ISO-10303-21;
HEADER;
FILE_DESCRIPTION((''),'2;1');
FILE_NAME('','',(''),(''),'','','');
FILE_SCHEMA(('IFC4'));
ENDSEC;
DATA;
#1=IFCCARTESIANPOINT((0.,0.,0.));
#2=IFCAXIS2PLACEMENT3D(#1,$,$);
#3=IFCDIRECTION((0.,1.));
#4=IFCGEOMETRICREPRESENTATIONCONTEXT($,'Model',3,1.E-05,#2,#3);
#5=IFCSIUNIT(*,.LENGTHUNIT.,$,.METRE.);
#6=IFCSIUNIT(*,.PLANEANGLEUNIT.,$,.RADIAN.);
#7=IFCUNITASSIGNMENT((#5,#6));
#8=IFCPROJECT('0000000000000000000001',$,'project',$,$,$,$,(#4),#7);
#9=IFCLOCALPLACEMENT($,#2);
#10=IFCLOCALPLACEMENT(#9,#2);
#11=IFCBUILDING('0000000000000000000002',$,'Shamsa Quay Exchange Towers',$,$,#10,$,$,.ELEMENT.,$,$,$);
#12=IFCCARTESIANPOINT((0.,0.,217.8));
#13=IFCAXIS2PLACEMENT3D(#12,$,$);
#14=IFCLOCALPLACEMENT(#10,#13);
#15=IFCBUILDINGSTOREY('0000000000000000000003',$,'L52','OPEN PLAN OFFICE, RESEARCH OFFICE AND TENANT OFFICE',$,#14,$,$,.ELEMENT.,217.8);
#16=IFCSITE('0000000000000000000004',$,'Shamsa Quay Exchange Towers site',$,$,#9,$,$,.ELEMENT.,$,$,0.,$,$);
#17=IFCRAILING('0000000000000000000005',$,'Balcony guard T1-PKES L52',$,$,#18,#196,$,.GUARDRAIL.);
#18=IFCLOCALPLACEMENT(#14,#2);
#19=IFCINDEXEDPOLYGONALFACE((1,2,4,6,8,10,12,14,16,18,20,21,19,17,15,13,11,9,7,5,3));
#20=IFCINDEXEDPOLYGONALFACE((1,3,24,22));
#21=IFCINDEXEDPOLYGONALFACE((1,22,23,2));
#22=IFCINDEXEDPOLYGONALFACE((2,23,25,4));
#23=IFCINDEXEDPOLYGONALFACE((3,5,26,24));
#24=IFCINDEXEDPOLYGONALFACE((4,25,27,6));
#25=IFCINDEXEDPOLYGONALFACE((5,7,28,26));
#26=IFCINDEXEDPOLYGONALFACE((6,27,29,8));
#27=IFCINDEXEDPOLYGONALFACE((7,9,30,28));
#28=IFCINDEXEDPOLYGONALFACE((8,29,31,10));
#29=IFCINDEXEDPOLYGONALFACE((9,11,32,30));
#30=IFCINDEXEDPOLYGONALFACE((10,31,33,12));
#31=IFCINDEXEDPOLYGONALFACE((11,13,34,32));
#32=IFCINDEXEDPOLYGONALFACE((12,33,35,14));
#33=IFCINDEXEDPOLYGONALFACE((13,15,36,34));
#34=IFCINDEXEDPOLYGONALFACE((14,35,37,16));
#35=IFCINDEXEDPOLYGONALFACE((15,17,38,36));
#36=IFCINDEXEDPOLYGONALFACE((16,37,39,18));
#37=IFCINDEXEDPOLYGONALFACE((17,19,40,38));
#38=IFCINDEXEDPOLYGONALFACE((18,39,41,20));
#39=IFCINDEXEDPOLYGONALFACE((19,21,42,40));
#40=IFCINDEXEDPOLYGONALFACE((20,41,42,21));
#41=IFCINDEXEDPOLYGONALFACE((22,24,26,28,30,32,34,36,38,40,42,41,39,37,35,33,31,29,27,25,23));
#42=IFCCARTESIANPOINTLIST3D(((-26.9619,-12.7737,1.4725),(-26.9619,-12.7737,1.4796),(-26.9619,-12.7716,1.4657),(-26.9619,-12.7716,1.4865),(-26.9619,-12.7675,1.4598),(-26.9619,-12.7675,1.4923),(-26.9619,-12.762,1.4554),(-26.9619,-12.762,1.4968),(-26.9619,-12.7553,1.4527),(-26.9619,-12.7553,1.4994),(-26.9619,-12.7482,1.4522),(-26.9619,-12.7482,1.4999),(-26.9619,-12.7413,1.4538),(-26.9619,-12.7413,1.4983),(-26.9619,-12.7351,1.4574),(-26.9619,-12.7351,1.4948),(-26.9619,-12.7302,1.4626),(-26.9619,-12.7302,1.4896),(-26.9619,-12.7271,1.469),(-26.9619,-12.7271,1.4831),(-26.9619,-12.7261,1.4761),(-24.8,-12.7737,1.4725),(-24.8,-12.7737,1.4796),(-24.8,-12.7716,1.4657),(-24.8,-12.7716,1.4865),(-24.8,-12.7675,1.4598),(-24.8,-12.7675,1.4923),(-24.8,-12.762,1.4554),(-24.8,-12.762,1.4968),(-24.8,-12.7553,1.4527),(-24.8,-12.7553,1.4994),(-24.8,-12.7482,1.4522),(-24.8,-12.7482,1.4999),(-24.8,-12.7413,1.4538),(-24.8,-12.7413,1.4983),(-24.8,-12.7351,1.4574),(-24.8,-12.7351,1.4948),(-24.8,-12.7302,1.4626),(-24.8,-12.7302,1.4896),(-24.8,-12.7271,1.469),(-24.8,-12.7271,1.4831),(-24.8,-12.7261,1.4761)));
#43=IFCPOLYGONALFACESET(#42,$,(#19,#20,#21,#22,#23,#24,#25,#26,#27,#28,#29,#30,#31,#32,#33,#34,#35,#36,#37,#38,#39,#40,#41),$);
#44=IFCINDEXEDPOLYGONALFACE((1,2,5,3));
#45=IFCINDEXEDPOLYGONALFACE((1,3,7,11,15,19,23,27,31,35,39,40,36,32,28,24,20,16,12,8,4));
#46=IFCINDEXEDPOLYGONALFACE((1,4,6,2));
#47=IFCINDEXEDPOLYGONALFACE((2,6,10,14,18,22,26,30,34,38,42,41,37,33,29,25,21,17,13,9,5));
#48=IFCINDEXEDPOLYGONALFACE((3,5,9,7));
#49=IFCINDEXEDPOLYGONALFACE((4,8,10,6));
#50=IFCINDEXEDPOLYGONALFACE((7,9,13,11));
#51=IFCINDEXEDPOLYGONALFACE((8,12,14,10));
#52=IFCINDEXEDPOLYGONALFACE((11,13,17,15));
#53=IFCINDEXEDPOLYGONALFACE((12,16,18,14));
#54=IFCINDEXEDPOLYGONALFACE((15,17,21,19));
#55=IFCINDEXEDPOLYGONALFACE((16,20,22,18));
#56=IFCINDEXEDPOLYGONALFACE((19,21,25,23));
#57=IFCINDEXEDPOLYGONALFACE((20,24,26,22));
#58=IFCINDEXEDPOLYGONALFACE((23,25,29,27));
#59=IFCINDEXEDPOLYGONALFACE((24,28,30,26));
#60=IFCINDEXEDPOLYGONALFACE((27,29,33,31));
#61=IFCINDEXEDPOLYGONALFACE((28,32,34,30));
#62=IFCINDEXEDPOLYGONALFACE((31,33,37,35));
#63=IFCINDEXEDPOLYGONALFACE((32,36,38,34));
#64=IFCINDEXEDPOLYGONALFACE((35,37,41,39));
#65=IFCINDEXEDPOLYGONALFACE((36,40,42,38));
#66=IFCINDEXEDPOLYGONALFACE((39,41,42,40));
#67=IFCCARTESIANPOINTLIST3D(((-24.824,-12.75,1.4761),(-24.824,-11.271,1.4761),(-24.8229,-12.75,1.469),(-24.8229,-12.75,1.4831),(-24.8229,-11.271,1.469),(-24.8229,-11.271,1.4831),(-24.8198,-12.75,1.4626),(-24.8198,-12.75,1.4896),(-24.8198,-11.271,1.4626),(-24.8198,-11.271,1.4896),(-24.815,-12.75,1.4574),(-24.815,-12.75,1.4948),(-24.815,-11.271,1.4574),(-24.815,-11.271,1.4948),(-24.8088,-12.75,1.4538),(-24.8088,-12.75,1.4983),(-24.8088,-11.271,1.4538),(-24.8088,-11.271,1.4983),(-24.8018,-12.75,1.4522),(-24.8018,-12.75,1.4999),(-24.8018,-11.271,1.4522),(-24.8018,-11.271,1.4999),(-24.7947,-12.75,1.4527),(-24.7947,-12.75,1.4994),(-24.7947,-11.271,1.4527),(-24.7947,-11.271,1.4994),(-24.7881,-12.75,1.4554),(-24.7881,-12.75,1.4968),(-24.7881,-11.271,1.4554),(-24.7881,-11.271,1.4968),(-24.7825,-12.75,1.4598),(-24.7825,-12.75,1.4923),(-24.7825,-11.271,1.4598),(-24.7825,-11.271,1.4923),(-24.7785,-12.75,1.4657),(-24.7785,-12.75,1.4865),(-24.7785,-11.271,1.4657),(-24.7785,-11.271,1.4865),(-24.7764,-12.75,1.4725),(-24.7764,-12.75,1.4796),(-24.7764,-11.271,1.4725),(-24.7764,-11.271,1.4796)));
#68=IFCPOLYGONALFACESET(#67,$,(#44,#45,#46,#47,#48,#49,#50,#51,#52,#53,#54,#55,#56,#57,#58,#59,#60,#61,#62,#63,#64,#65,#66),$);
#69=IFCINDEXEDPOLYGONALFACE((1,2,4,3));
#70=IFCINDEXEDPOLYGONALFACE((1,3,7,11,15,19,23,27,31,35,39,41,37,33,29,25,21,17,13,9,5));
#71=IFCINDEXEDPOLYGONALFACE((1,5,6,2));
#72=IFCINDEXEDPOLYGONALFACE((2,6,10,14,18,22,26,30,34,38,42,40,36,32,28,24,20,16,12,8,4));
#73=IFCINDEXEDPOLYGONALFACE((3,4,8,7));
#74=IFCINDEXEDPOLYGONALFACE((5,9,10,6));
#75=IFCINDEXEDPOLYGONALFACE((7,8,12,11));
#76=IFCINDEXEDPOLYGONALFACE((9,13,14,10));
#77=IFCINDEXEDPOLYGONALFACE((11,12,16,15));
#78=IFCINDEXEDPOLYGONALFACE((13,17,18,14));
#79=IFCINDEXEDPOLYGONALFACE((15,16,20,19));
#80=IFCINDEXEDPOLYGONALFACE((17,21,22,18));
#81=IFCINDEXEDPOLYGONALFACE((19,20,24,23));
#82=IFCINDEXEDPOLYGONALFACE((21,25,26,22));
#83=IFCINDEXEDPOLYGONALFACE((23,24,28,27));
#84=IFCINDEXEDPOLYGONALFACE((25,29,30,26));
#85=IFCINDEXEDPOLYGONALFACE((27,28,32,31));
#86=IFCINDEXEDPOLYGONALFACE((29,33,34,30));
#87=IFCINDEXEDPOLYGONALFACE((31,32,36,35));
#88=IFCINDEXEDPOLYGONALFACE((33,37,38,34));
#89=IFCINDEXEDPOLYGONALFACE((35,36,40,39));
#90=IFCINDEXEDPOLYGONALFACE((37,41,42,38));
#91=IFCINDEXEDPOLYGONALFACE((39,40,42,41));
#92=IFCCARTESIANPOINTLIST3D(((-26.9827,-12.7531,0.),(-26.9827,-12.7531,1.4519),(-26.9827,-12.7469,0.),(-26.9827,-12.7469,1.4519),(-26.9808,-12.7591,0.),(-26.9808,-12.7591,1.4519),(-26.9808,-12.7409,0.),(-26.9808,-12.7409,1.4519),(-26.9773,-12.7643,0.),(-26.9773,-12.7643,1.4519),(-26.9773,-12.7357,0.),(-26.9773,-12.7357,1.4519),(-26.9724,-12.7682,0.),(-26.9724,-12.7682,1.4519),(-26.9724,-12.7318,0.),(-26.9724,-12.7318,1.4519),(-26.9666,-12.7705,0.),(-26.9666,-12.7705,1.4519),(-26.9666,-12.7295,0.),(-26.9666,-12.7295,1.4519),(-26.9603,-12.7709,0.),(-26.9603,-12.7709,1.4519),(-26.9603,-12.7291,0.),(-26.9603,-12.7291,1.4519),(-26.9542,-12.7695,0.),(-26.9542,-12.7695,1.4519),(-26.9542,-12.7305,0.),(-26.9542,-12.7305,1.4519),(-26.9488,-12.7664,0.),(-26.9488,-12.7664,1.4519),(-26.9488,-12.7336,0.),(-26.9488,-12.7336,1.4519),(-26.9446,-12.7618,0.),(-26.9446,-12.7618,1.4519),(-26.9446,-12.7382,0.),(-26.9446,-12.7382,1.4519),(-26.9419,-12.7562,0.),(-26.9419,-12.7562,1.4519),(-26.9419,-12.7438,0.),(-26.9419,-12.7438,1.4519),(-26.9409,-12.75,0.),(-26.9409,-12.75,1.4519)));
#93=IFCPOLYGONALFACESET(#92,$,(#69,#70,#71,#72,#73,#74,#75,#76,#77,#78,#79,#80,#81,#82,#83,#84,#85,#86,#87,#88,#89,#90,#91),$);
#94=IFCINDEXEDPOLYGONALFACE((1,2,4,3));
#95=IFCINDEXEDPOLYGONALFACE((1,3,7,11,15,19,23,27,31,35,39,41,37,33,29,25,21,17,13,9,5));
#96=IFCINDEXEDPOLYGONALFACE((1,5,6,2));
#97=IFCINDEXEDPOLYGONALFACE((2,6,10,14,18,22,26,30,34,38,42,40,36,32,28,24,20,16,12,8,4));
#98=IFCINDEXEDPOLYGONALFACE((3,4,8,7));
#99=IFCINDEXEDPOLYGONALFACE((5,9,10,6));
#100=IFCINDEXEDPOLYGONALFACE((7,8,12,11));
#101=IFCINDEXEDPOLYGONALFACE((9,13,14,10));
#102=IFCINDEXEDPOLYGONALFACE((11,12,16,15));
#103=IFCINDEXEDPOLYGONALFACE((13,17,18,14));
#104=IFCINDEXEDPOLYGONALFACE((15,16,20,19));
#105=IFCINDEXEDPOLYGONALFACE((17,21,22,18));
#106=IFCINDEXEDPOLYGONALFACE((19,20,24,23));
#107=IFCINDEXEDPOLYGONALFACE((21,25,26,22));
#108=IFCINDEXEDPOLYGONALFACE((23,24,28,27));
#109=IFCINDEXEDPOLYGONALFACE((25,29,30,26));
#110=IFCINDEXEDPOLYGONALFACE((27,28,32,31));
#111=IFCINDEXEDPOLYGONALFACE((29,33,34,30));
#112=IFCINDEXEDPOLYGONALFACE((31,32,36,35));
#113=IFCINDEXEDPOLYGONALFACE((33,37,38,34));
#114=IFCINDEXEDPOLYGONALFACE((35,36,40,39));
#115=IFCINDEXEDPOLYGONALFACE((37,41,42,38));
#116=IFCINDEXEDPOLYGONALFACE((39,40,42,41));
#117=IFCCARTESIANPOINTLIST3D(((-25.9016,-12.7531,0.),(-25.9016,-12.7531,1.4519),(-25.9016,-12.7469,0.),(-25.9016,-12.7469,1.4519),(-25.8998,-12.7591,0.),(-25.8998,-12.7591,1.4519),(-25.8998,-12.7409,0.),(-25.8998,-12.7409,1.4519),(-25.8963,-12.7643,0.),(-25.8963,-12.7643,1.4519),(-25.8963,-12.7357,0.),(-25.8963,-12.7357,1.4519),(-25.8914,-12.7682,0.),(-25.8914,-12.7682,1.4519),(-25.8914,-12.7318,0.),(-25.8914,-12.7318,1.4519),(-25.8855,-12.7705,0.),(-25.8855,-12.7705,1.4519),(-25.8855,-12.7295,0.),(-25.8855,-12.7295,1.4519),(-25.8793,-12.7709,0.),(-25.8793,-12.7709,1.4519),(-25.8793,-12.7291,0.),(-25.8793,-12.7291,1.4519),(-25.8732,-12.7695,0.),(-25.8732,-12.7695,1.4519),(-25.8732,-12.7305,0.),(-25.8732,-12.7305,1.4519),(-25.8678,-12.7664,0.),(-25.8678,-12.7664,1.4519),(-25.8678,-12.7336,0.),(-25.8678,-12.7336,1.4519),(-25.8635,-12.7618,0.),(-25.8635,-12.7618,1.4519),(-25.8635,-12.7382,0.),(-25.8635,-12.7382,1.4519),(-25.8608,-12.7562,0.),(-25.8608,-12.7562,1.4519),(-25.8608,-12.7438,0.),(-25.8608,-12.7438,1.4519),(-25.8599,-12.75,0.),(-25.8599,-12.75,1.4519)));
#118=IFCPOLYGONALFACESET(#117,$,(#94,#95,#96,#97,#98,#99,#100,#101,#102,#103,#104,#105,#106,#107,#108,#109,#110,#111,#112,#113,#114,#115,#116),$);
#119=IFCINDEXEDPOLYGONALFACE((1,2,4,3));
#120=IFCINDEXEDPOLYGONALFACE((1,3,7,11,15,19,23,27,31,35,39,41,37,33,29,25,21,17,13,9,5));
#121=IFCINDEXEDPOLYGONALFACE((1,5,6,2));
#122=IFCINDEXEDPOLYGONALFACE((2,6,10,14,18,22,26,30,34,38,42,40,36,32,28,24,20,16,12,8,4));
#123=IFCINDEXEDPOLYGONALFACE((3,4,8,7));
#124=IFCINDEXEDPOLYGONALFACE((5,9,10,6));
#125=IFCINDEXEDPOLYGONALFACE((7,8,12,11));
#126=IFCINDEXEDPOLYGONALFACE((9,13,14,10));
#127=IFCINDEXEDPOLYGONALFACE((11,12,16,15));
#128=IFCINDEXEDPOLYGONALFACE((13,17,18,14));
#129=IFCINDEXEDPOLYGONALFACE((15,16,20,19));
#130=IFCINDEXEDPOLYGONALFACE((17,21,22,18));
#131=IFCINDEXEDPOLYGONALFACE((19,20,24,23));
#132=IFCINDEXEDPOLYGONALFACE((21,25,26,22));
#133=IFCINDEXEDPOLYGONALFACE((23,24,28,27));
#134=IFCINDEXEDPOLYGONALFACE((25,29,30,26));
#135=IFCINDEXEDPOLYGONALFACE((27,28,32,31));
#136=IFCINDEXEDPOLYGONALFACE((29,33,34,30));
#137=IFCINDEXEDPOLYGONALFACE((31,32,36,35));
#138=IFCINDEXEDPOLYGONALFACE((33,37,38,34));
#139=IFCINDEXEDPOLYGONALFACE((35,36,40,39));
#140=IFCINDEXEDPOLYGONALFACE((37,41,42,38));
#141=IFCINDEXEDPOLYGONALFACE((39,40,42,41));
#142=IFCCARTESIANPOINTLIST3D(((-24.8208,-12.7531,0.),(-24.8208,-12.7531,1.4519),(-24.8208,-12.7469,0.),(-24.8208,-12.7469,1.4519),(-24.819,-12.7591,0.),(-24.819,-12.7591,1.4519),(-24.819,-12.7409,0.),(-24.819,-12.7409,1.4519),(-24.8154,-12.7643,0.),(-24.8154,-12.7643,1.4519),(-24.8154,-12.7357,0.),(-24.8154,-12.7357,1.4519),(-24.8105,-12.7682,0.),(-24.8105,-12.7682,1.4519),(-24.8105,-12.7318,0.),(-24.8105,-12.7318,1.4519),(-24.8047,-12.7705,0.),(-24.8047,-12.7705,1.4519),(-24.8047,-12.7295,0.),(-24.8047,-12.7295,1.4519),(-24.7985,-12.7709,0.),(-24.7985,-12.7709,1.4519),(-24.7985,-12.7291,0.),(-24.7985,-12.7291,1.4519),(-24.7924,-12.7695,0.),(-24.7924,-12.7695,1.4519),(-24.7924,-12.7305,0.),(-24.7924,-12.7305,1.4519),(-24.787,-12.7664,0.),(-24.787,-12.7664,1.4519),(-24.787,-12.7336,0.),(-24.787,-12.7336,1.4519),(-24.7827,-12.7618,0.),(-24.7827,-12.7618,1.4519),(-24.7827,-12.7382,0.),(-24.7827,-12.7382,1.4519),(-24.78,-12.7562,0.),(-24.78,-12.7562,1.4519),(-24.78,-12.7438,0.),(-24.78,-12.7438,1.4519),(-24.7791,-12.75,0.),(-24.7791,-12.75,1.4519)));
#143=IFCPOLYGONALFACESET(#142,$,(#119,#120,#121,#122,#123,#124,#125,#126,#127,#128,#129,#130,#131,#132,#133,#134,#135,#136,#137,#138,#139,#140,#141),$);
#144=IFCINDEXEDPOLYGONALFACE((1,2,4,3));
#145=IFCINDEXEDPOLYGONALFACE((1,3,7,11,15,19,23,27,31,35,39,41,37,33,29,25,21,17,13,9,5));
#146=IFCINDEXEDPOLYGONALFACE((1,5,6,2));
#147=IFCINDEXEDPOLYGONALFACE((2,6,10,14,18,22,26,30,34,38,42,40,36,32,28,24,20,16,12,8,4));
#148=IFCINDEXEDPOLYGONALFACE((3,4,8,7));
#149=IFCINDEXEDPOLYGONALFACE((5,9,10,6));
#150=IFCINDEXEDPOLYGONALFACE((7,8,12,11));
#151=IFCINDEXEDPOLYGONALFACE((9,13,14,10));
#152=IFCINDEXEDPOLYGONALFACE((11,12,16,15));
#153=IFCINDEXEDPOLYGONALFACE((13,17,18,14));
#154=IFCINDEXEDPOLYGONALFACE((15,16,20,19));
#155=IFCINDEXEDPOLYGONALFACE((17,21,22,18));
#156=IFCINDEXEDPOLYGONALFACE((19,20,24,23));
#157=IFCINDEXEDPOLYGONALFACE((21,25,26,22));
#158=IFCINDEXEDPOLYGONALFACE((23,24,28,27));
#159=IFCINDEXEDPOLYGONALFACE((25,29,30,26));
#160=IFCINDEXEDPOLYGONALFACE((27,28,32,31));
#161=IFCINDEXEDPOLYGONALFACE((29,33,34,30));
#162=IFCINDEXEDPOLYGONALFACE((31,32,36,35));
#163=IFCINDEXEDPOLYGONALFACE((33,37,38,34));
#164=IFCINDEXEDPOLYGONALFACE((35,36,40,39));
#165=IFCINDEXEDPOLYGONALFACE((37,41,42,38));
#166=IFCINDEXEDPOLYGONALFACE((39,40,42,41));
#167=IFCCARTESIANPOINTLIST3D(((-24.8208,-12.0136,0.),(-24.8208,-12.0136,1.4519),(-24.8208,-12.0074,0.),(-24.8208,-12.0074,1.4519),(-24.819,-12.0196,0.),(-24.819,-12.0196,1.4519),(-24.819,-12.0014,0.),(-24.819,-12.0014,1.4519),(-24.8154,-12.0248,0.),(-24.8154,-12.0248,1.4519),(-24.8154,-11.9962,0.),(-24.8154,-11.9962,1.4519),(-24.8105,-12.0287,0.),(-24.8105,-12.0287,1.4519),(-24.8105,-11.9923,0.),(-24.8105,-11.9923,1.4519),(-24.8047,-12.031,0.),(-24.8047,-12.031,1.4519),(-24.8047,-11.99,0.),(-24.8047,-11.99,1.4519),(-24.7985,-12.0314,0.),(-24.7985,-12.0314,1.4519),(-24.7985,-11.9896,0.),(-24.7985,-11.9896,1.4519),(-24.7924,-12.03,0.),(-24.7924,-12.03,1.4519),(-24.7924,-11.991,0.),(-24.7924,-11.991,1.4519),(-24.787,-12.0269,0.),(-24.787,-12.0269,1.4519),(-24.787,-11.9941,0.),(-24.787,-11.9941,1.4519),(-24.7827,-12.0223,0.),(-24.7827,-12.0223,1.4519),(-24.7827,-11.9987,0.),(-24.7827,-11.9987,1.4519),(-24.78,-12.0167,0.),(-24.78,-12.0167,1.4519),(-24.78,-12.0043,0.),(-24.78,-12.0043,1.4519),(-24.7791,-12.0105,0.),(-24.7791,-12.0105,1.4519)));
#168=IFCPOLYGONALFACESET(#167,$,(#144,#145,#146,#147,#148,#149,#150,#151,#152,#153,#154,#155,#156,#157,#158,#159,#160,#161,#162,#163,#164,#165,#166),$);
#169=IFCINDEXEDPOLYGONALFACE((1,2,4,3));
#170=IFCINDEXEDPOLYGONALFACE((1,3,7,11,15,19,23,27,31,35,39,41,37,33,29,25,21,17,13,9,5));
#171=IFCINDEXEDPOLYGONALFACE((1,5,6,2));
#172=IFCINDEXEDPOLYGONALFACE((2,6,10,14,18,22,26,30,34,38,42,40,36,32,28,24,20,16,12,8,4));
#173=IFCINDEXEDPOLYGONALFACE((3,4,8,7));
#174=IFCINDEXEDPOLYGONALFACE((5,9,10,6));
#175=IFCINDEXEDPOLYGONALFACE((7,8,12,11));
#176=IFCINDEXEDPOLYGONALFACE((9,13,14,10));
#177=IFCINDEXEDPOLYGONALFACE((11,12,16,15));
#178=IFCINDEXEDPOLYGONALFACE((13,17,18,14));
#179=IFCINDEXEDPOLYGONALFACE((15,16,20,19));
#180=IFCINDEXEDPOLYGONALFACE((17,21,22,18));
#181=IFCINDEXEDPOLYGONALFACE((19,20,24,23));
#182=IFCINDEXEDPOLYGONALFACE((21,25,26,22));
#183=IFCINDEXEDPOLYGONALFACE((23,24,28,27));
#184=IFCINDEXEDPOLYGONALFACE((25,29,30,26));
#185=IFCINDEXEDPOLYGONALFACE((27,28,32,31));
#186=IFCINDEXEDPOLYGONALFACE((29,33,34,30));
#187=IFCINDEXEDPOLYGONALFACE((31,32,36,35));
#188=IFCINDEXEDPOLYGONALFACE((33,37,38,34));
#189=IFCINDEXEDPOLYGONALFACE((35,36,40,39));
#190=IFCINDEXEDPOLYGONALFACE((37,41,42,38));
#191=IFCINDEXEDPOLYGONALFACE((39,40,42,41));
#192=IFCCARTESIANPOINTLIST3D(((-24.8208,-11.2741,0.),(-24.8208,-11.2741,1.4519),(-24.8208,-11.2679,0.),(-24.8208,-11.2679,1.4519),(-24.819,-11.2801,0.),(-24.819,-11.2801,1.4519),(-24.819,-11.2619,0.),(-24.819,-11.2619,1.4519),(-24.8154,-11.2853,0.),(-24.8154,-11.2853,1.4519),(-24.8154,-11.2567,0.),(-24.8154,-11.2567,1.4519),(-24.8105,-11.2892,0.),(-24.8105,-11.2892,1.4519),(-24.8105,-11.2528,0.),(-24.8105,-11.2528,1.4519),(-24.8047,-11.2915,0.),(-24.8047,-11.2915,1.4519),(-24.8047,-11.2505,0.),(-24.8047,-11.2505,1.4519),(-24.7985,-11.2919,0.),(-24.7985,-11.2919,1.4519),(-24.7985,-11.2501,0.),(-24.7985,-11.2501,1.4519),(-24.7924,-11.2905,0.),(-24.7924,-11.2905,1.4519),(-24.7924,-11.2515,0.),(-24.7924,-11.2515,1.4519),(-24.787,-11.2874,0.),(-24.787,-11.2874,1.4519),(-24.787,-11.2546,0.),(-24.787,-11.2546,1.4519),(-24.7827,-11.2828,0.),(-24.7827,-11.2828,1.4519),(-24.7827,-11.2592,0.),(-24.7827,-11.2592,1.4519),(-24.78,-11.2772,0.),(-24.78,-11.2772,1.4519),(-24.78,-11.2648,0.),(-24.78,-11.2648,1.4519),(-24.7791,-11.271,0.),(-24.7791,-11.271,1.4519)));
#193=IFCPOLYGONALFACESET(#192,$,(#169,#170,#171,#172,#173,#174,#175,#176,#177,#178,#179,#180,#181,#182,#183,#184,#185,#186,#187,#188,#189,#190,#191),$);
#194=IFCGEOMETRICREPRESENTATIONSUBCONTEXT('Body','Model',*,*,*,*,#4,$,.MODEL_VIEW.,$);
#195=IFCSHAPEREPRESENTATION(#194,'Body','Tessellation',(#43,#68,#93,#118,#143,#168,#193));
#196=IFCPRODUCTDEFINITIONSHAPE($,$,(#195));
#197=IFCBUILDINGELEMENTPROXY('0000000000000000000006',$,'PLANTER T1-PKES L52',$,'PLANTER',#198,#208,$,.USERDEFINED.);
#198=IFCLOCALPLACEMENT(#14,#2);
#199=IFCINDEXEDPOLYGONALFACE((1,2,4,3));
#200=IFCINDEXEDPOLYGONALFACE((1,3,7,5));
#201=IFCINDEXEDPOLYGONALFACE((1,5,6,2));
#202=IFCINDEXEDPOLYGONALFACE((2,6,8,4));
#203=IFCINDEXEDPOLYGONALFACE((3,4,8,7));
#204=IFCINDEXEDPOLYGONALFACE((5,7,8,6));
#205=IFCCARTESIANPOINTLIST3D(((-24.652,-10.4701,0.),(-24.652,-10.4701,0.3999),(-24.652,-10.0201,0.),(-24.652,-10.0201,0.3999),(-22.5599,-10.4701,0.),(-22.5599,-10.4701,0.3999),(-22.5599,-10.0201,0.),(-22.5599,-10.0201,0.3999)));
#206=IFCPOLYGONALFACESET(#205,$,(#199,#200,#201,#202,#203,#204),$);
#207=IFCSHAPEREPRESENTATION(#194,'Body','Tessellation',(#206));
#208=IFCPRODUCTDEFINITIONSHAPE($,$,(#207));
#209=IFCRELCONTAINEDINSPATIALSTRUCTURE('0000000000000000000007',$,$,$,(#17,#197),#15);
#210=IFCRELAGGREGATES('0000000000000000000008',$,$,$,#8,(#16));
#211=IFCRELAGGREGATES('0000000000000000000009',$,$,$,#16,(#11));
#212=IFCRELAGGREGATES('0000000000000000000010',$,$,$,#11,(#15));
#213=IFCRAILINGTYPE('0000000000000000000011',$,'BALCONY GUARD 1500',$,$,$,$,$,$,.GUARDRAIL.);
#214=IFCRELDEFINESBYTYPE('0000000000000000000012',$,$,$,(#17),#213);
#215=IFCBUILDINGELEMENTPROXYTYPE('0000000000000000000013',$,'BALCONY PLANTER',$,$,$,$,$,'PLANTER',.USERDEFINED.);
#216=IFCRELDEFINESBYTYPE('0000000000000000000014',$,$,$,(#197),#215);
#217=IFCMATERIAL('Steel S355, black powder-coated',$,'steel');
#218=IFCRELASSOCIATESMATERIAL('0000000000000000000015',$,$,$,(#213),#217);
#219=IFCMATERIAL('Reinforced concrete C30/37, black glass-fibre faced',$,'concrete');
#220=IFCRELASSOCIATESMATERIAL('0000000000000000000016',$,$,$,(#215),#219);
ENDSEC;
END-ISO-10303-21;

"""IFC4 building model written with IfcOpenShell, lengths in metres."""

from ifc_helpers import new_model, si_unit, direction, frame, origin, origin_2d, place, context, subcontext, project, spatial, rectangle, circle, extrude, material, type_object, element, save


model = new_model("IFC4")

# Units and contexts
model_context = context("Model", 3, precision=1e-05, world=origin(), true_north=direction((0.0, 1.0)))
body_context = subcontext(model_context, "Body", "Model", "MODEL_VIEW")
ifc_project = project(units=[si_unit("LENGTHUNIT", "METRE"), si_unit("PLANEANGLEUNIT", "RADIAN")], contexts=[model_context])

# Site, building, storey
site_placement = place(None, origin())
site = spatial("IfcSite", under=ifc_project, at=site_placement, Name="Shamsa Quay Exchange Towers site", CompositionType="ELEMENT", RefElevation=0.0)
building_placement = place(site_placement, origin())
building = spatial("IfcBuilding", under=site, at=building_placement, Name="Shamsa Quay Exchange Towers", CompositionType="ELEMENT")
storey_placement = place(building_placement, frame((0.0, 0.0, 217.8)))
storey = spatial("IfcBuildingStorey", under=building, at=storey_placement, Name="L52", Description="OPEN PLAN OFFICE, RESEARCH OFFICE AND TENANT OFFICE", CompositionType="ELEMENT", Elevation=217.8)

# Railing
ifc_material_1 = material(Name="Steel S355, black powder-coated", Category="steel")
railing_type_1 = type_object("IfcRailingType", Name="BALCONY GUARD 1500", PredefinedType="GUARDRAIL", material=ifc_material_1)
for number, where, name in (
    (1, (-26.9619, -12.75, 0.0), "Balcony guard T1-PKES L52"),
):
    element("IfcRailing", number, at=place(storey_placement, frame(where)), inside=storey, type_object=railing_type_1, Name=name, PredefinedType="GUARDRAIL", context=body_context, shape_type="SweptSolid", body=[
        extrude(circle(Radius=0.0239, at=origin_2d()), frame((0.0, 0.0, 1.4761), z_axis=(1.0, 0.0, 0.0), x_axis=(0.0, 1.0, 0.0)), (0.0, 0.0, 1.0), 2.1619),
        extrude(circle(Radius=0.0239, at=origin_2d()), frame((2.1619, 0.0, 1.4761), z_axis=(0.0, 1.0, 0.0), x_axis=(-1.0, 0.0, 0.0)), (0.0, 0.0, 1.0), 1.479),
        extrude(circle(Radius=0.021, at=origin_2d()), origin(), (0.0, 0.0, 1.0), 1.4519),
        extrude(circle(Radius=0.021, at=origin_2d()), frame((1.0811, 0.0, 0.0)), (0.0, 0.0, 1.0), 1.4519),
        extrude(circle(Radius=0.021, at=origin_2d()), frame((2.1619, 0.0, 0.0)), (0.0, 0.0, 1.0), 1.4519),
        extrude(circle(Radius=0.021, at=origin_2d()), frame((2.1619, 0.7395, 0.0)), (0.0, 0.0, 1.0), 1.4519),
        extrude(circle(Radius=0.021, at=origin_2d()), frame((2.1619, 1.479, 0.0)), (0.0, 0.0, 1.0), 1.4519),
    ])

# Building element proxy
ifc_material_2 = material(Name="Reinforced concrete C30/37, black glass-fibre faced", Category="concrete")
building_element_proxy_type = type_object("IfcBuildingElementProxyType", Name="BALCONY PLANTER", ElementType="PLANTER", PredefinedType="USERDEFINED", material=ifc_material_2)
for number, where, name in (
    (2, (-23.606, -10.2451, 0.0), "PLANTER T1-PKES L52"),
):
    element("IfcBuildingElementProxy", number, at=place(storey_placement, frame(where)), inside=storey, type_object=building_element_proxy_type, Name=name, ObjectType="PLANTER", PredefinedType="USERDEFINED", context=body_context, shape_type="SweptSolid", body=[
        extrude(rectangle(XDim=2.092, YDim=0.45, at=origin_2d()), origin(), (0.0, 0.0, 1.0), 0.3999),
    ])

save(model, "model.ifc")
